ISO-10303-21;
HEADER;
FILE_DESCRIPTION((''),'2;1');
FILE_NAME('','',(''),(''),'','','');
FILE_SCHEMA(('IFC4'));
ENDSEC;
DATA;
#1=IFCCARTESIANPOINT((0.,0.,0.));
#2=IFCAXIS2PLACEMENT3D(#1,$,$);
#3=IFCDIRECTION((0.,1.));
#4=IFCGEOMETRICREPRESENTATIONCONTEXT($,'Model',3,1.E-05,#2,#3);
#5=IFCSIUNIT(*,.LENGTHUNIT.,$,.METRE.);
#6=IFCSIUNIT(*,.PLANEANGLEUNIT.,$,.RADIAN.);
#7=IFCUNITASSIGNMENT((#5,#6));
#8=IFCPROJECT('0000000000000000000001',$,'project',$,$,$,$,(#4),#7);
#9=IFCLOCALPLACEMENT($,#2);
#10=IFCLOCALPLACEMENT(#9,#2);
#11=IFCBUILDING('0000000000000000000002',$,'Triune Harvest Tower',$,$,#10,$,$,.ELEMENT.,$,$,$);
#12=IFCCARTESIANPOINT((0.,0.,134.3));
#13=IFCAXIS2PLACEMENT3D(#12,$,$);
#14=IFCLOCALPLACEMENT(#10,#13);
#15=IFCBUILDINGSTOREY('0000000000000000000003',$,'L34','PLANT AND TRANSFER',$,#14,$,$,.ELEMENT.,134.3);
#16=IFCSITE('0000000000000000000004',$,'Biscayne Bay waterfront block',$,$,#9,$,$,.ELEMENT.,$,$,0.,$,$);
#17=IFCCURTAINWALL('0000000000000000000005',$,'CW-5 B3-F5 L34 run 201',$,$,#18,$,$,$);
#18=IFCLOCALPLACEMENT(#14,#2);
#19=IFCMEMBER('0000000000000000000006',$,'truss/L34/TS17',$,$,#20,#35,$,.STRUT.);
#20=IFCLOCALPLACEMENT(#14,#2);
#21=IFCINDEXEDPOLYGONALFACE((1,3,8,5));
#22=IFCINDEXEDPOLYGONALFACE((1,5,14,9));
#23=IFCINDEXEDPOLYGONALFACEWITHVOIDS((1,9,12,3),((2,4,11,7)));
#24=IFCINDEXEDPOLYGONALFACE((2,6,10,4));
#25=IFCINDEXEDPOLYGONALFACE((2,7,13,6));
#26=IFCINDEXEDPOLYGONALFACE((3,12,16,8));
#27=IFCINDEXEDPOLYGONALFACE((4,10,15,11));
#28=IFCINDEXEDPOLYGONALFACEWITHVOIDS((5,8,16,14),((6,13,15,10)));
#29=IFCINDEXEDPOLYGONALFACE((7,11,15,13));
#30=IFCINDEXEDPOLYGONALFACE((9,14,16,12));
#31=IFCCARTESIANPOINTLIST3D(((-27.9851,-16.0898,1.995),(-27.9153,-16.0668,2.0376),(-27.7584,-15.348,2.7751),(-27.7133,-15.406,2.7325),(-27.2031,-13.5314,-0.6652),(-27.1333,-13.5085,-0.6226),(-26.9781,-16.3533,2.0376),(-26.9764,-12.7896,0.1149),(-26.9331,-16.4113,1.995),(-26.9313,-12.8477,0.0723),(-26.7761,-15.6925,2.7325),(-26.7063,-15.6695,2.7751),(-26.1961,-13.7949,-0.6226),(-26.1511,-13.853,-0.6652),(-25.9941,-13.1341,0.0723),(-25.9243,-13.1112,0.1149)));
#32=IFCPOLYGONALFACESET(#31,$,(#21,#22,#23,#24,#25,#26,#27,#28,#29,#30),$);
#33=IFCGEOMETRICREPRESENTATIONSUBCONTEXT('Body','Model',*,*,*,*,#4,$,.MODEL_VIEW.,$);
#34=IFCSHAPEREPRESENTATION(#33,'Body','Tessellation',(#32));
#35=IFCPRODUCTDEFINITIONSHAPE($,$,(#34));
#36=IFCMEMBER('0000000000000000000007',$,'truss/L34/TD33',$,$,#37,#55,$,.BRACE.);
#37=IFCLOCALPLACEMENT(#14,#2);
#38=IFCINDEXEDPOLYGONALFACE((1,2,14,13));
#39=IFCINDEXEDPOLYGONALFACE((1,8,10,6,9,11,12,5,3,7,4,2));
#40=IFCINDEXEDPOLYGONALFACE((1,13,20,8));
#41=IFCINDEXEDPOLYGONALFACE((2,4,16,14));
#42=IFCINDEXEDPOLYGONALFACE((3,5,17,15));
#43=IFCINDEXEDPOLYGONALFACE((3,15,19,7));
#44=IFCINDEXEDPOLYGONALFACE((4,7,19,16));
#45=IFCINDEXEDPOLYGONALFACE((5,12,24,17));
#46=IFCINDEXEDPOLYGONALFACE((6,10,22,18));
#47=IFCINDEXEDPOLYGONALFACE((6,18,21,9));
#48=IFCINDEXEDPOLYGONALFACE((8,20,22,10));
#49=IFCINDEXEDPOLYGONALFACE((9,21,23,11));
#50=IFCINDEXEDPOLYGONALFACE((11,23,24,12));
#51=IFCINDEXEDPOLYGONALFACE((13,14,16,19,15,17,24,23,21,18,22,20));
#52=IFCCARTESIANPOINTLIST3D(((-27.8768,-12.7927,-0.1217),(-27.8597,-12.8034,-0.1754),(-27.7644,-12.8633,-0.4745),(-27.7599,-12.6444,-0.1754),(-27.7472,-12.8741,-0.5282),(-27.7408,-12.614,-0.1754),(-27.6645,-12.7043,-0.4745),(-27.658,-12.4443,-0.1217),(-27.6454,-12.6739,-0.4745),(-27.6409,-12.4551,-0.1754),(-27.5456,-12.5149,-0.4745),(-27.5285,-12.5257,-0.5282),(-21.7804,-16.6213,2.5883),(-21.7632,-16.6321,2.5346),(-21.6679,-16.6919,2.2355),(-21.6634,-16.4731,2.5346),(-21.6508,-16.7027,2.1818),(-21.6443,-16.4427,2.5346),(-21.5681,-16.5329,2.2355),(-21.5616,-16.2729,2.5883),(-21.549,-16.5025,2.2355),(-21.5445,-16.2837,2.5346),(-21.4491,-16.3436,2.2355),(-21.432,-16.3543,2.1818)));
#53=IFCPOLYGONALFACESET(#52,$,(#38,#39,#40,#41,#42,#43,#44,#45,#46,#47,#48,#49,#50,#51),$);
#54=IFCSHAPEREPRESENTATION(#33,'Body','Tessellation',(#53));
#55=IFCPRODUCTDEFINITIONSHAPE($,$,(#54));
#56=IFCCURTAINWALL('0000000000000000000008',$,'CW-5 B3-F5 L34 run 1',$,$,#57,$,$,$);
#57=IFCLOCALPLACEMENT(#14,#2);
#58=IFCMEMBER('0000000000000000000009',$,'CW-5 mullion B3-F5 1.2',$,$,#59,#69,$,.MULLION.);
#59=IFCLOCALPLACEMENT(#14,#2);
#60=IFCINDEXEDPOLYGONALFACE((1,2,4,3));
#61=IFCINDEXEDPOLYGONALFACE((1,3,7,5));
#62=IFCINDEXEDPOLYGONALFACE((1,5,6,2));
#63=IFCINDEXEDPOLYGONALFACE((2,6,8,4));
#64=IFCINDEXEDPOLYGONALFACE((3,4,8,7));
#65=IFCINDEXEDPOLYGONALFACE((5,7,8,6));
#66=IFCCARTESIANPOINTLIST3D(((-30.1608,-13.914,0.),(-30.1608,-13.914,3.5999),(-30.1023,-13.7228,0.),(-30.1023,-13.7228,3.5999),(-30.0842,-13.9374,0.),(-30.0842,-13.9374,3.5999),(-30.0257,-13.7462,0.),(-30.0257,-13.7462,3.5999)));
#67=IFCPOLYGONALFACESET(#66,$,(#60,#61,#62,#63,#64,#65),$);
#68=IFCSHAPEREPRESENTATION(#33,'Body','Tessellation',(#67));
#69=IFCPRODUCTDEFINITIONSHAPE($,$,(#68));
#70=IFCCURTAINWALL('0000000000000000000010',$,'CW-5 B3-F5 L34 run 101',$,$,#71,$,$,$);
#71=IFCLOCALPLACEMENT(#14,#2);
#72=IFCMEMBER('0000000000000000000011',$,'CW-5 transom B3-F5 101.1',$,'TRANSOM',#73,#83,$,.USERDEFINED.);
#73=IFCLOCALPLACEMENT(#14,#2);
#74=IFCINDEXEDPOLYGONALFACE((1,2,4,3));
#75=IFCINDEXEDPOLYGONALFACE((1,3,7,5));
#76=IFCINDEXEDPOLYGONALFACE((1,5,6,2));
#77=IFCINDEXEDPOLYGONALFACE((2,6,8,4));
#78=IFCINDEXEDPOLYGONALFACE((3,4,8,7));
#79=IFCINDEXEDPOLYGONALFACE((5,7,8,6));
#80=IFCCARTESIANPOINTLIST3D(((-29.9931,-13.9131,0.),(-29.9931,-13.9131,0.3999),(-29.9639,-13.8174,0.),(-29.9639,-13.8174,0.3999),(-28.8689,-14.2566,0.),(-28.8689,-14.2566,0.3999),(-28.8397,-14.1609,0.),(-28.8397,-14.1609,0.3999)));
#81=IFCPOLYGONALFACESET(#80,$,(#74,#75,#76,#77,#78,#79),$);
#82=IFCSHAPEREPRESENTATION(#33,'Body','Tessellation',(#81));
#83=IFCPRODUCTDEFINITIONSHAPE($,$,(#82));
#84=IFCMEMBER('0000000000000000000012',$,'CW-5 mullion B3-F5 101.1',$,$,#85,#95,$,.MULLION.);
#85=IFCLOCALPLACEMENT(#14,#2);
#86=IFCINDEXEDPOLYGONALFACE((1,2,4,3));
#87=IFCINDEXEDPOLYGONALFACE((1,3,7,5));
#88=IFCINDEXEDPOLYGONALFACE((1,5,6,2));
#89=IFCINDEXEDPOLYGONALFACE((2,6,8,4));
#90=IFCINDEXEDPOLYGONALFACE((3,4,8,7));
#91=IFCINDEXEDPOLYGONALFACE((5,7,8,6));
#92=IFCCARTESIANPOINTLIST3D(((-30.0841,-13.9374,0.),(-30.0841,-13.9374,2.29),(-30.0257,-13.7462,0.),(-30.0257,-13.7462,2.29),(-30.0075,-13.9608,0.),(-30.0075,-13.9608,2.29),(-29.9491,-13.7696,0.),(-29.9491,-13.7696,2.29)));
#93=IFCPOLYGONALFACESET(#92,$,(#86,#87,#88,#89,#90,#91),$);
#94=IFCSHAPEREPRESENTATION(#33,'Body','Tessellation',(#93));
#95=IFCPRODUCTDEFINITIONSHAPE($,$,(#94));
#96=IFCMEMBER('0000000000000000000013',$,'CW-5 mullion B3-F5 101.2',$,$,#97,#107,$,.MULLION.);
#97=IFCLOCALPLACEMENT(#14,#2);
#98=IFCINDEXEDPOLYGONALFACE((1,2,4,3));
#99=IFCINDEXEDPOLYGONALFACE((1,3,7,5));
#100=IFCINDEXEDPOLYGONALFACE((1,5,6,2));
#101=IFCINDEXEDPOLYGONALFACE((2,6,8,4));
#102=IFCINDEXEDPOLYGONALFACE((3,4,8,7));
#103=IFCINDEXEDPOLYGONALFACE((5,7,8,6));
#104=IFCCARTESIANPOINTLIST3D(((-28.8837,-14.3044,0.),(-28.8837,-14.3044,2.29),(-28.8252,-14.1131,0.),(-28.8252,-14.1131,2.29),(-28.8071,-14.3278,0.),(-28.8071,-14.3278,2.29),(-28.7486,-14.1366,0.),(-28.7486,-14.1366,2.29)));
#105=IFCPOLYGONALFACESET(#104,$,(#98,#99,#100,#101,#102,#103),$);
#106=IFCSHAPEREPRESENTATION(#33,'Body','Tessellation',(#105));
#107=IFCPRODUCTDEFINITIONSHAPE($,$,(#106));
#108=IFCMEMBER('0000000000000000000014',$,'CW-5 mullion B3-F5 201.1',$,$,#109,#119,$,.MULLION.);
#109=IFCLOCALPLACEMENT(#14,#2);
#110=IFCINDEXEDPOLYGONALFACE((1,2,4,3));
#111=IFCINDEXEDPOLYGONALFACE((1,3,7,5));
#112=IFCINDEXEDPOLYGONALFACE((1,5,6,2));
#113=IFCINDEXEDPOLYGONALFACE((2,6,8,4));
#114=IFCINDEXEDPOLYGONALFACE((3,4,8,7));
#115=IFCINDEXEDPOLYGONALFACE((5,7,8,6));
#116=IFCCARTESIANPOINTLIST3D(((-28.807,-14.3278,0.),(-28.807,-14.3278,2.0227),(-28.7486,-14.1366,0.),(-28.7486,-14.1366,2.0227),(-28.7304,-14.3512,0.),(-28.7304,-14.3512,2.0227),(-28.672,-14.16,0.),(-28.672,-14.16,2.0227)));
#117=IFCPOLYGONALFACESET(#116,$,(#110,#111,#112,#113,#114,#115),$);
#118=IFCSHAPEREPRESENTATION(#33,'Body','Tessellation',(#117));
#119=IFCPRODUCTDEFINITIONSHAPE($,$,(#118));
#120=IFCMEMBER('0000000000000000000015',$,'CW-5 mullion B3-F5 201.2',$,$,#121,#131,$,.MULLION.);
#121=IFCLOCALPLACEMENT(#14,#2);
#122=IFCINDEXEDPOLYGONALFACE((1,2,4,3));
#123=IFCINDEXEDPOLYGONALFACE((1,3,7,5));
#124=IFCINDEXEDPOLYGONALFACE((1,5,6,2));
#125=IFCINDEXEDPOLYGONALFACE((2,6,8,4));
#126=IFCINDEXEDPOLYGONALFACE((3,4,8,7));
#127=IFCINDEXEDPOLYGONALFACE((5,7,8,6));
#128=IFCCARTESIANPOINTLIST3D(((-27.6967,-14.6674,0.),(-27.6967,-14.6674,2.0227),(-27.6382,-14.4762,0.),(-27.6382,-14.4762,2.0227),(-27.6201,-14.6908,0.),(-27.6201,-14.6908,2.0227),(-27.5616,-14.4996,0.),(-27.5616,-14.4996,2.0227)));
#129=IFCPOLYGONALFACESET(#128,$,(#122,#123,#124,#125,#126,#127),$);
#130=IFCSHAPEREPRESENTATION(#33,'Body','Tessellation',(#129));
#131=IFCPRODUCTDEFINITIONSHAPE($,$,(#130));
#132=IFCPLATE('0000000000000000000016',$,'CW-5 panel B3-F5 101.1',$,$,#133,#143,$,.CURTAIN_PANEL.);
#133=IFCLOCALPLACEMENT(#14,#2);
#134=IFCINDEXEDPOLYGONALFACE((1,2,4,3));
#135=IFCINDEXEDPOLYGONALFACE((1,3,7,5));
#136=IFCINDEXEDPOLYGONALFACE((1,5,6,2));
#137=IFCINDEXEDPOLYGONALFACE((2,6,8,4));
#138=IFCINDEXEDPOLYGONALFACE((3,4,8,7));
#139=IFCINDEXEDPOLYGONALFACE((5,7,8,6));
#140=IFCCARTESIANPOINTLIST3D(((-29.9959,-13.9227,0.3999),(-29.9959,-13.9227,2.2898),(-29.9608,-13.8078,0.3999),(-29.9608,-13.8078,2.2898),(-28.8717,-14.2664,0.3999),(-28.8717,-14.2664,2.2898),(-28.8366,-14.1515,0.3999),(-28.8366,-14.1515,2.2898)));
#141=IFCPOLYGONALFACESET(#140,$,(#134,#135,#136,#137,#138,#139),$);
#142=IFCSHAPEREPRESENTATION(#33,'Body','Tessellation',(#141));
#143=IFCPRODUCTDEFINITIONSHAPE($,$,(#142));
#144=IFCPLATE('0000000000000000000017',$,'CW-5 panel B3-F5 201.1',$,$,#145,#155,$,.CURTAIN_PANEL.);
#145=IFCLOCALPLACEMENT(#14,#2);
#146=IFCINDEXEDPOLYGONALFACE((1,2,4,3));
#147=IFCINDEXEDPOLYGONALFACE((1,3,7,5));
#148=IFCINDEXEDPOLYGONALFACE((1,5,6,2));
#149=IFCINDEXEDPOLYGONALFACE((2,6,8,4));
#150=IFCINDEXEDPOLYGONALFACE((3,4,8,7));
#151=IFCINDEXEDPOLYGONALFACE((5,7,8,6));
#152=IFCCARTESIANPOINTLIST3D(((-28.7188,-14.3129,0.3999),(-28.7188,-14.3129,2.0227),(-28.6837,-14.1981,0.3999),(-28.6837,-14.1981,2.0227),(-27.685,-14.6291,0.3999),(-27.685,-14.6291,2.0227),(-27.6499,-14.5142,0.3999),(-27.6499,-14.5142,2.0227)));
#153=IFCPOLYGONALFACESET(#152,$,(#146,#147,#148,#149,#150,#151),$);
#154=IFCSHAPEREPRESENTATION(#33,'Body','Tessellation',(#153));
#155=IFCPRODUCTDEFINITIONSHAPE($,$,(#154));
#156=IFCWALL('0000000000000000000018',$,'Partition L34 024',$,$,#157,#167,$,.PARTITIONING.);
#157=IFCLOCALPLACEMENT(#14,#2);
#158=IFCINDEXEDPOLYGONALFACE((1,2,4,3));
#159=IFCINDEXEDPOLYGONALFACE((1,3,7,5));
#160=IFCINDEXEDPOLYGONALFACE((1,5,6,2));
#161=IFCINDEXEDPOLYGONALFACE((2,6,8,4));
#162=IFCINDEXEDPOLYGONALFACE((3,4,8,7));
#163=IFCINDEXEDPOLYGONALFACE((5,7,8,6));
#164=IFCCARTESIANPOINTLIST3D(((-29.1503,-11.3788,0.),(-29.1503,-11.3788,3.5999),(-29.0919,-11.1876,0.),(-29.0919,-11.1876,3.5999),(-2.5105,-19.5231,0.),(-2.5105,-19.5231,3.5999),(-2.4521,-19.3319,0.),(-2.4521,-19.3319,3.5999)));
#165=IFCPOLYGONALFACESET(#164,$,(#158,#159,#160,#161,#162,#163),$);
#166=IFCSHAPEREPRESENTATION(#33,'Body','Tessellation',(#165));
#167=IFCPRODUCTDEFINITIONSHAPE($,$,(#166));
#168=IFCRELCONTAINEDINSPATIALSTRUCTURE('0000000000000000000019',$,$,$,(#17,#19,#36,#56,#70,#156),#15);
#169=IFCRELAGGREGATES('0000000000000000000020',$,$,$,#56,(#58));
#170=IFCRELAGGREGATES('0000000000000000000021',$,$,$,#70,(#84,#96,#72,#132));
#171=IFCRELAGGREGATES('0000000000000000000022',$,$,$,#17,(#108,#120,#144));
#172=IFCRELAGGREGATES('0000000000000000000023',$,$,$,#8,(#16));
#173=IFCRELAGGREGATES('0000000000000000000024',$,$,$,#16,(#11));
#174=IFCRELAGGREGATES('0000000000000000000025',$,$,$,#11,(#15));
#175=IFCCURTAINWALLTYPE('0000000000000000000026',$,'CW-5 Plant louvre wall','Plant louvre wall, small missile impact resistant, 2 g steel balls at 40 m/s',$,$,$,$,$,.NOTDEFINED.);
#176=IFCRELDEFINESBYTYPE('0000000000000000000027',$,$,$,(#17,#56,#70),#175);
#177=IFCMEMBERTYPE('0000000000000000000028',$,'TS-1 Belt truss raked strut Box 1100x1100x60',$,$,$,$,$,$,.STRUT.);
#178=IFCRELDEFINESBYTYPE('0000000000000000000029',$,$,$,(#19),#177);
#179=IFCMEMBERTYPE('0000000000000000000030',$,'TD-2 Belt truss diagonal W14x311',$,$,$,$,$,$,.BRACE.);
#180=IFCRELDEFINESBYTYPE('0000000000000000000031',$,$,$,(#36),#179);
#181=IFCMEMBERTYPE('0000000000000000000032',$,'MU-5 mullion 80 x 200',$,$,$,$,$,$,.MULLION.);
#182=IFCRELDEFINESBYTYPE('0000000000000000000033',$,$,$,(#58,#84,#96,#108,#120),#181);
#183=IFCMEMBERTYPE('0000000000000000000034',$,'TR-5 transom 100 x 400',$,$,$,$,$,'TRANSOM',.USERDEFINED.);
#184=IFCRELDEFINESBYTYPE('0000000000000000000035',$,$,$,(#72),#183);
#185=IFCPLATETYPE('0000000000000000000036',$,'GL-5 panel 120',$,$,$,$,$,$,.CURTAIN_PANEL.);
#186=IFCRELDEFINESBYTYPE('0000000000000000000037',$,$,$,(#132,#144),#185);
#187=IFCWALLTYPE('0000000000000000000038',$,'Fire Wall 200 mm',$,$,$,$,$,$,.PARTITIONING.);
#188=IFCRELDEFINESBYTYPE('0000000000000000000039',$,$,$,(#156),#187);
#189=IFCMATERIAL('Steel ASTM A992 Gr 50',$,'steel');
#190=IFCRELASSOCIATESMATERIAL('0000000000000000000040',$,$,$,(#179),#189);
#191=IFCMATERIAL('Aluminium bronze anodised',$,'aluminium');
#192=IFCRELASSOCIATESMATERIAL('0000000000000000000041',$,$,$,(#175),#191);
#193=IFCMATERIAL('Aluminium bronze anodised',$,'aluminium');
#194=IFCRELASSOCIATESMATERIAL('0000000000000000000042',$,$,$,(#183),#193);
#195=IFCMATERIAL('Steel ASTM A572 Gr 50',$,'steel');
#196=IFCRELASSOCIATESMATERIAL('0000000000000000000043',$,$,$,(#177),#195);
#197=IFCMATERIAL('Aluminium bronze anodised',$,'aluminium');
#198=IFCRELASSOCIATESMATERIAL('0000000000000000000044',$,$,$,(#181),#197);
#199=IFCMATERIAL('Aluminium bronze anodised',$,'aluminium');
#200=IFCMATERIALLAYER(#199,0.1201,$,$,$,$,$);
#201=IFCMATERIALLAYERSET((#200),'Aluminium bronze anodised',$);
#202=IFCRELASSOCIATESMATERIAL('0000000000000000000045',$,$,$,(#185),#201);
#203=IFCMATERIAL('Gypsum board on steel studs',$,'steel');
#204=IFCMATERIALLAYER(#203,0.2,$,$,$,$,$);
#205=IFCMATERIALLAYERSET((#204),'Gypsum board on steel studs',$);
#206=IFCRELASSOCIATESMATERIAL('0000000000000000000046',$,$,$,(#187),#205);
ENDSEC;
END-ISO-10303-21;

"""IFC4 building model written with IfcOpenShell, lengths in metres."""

from ifc_helpers import new_model, si_unit, direction, frame, frame_2d, origin, origin_2d, place, context, subcontext, project, spatial, rectangle, hollow_rectangle, i_section, extrude, source, transform, mapped, material, layer, layer_set, material_profile, profile_set, type_object, element, aggregate, save


model = new_model("IFC4")

# Units and contexts
model_context = context("Model", 3, precision=1e-05, world=origin(), true_north=direction((0.0, 1.0)))
body_context = subcontext(model_context, "Body", "Model", "MODEL_VIEW")
ifc_project = project(units=[si_unit("LENGTHUNIT", "METRE"), si_unit("PLANEANGLEUNIT", "RADIAN")], contexts=[model_context])

# Site, building, storey
site_placement = place(None, origin())
site = spatial("IfcSite", under=ifc_project, at=site_placement, Name="Biscayne Bay waterfront block", CompositionType="ELEMENT", RefElevation=0.0)
building_placement = place(site_placement, origin())
building = spatial("IfcBuilding", under=site, at=building_placement, Name="Triune Harvest Tower", CompositionType="ELEMENT")
storey_placement = place(building_placement, frame((0.0, 0.0, 134.3)))
storey = spatial("IfcBuildingStorey", under=building, at=storey_placement, Name="L34", Description="PLANT AND TRANSFER", CompositionType="ELEMENT", Elevation=134.3)

# Shared definitions
ifc_material_1 = material(Name="Steel ASTM A992 Gr 50", Category="steel")
ifc_material_profile_1 = material_profile(ifc_material_1, i_section(OverallWidth=0.4114, OverallDepth=0.4343, WebThickness=0.0359, FlangeThickness=0.0574, at=origin_2d()), Name="W14x311")
ifc_profile_set_1 = profile_set([ifc_material_profile_1], Name="Steel ASTM A992 Gr 50")
member_type_1 = type_object("IfcMemberType", Name="TD-2 Belt truss diagonal W14x311", PredefinedType="BRACE", material=ifc_profile_set_1)

# Curtain wall
ifc_material_2 = material(Name="Aluminium bronze anodised", Category="aluminium")
curtain_wall_type = type_object("IfcCurtainWallType", Name="CW-5 Plant louvre wall", Description="Plant louvre wall, small missile impact resistant, 2 g steel balls at 40 m/s", PredefinedType="NOTDEFINED", material=ifc_material_2)
curtain_wall_1_placement = place(storey_placement, origin())
curtain_wall_1 = element("IfcCurtainWall", 1, at=curtain_wall_1_placement, inside=storey, type_object=curtain_wall_type, Name="CW-5 B3-F5 L34 run 201")
ifc_material_3 = material(Name="Aluminium bronze anodised", Category="aluminium")
ifc_material_profile_2 = material_profile(ifc_material_3, rectangle(XDim=0.1001, YDim=0.3999, at=origin_2d()), Name="TR-5 transom 100 x 400")
ifc_profile_set_2 = profile_set([ifc_material_profile_2], Name="Aluminium bronze anodised")
member_type_2 = type_object("IfcMemberType", Name="TR-5 transom 100 x 400", ElementType="TRANSOM", PredefinedType="USERDEFINED", material=ifc_profile_set_2)

# Members
ifc_material_4 = material(Name="Steel ASTM A572 Gr 50", Category="steel")
ifc_material_profile_3 = material_profile(ifc_material_4, hollow_rectangle(XDim=1.1001, YDim=1.1001, WallThickness=0.0601, at=origin_2d()), Name="Box 1100x1100x60")
ifc_profile_set_3 = profile_set([ifc_material_profile_3], Name="Steel ASTM A572 Gr 50")
member_type_3 = type_object("IfcMemberType", Name="TS-1 Belt truss raked strut Box 1100x1100x60", PredefinedType="STRUT", material=ifc_profile_set_3)
shared_shape_1 = source(origin(), body_context, "Body", "SweptSolid", [
    extrude(hollow_rectangle(XDim=1.1001, YDim=1.1001, WallThickness=0.0601, at=origin_2d()), origin(), (0.0, 0.0, 1.0), 3.7727),
])
member_1_placement = place(storey_placement, frame((-26.5637, -13.3213, -0.2751), z_axis=(-0.207275, -0.678126, 0.705111), x_axis=(0.956324, -0.292309, 0.0)))
element("IfcMember", 2, at=member_1_placement, inside=storey, type_object=member_type_3, Name="truss/L34/TS17", PredefinedType="STRUT", context=body_context, shape_type="MappedRepresentation", body=[
    mapped(shared_shape_1, transform((0.0, 0.0, 0.0), scale=1.0)),
])
shared_shape_2 = source(origin(), body_context, "Body", "SweptSolid", [
    extrude(i_section(OverallWidth=0.4114, OverallDepth=0.4343, WebThickness=0.0359, FlangeThickness=0.0574, at=origin_2d()), origin(), (0.0, 0.0, 1.0), 7.6921),
])
member_2_placement = place(storey_placement, frame((-27.7026, -12.6592, -0.325), z_axis=(0.792556, -0.497732, 0.352304), x_axis=(0.53183, 0.846851, 0.0)))
element("IfcMember", 3, at=member_2_placement, inside=storey, type_object=member_type_1, Name="truss/L34/TD33", PredefinedType="BRACE", context=body_context, shape_type="MappedRepresentation", body=[
    mapped(shared_shape_2, transform((0.0, 0.0, 0.0), scale=1.0)),
])

# Curtain wall, member
curtain_wall_2_placement = place(storey_placement, origin())
curtain_wall_2 = element("IfcCurtainWall", 4, at=curtain_wall_2_placement, inside=storey, type_object=curtain_wall_type, Name="CW-5 B3-F5 L34 run 1")
ifc_material_5 = material(Name="Aluminium bronze anodised", Category="aluminium")
ifc_material_profile_4 = material_profile(ifc_material_5, rectangle(XDim=0.2, YDim=0.0801, at=origin_2d()), Name="MU-5 mullion 80 x 200")
ifc_profile_set_4 = profile_set([ifc_material_profile_4], Name="Aluminium bronze anodised")
member_type_4 = type_object("IfcMemberType", Name="MU-5 mullion 80 x 200", PredefinedType="MULLION", material=ifc_profile_set_4)
shared_shape_3 = source(origin(), body_context, "Body", "SweptSolid", [
    extrude(rectangle(XDim=0.2, YDim=0.0801, at=origin_2d()), origin(), (0.0, 0.0, 1.0), 3.5999),
])
member_3_placement = place(storey_placement, frame((-30.0933, -13.8301, 0.0), z_axis=(0.0, 0.0, 1.0), x_axis=(0.292407, 0.956294, 0.0)))
member_3 = element("IfcMember", 5, at=member_3_placement, type_object=member_type_4, Name="CW-5 mullion B3-F5 1.2", PredefinedType="MULLION", context=body_context, shape_type="MappedRepresentation", body=[
    mapped(shared_shape_3, transform((0.0, 0.0, 0.0), scale=1.0)),
])
aggregate(curtain_wall_2, [member_3])

# Curtain wall, members
curtain_wall_3_placement = place(storey_placement, origin())
curtain_wall_3 = element("IfcCurtainWall", 6, at=curtain_wall_3_placement, inside=storey, type_object=curtain_wall_type, Name="CW-5 B3-F5 L34 run 101")
shared_shape_4 = source(origin(), body_context, "Body", "SweptSolid", [
    extrude(rectangle(XDim=0.1001, YDim=0.3999, at=origin_2d()), origin(), (0.0, 0.0, 1.0), 1.1755),
])
member_4_placement = place(storey_placement, frame((-29.9785, -13.8652, 0.2), z_axis=(0.956356, -0.292203, 0.0), x_axis=(0.292203, 0.956356, 0.0)))
member_4 = element("IfcMember", 7, at=member_4_placement, type_object=member_type_2, Name="CW-5 transom B3-F5 101.1", ObjectType="TRANSOM", PredefinedType="USERDEFINED", context=body_context, shape_type="MappedRepresentation", body=[
    mapped(shared_shape_4, transform((0.0, 0.0, 0.0), scale=1.0)),
])
shared_shape_5 = source(origin(), body_context, "Body", "SweptSolid", [
    extrude(rectangle(XDim=0.2, YDim=0.0801, at=origin_2d()), origin(), (0.0, 0.0, 1.0), 2.29),
])
member_5_placement = place(storey_placement, frame((-30.0166, -13.8535, 0.0), z_axis=(0.0, 0.0, 1.0), x_axis=(0.292338, 0.956315, 0.0)))
member_5 = element("IfcMember", 8, at=member_5_placement, type_object=member_type_4, Name="CW-5 mullion B3-F5 101.1", PredefinedType="MULLION", context=body_context, shape_type="MappedRepresentation", body=[
    mapped(shared_shape_5, transform((0.0, 0.0, 0.0), scale=1.0)),
])
member_6_placement = place(storey_placement, frame((-28.8162, -14.2205, 0.0), z_axis=(0.0, 0.0, 1.0), x_axis=(0.292338, 0.956315, 0.0)))
member_6 = element("IfcMember", 9, at=member_6_placement, type_object=member_type_4, Name="CW-5 mullion B3-F5 101.2", PredefinedType="MULLION", context=body_context, shape_type="MappedRepresentation", body=[
    mapped(shared_shape_5, transform((0.0, 0.0, 0.0), scale=1.0)),
])

# Members
shared_shape_6 = source(origin(), body_context, "Body", "SweptSolid", [
    extrude(rectangle(XDim=0.2, YDim=0.0801, at=origin_2d()), origin(), (0.0, 0.0, 1.0), 2.0227),
])
member_7_placement = place(storey_placement, frame((-28.7395, -14.2439, 0.0), z_axis=(0.0, 0.0, 1.0), x_axis=(0.292415, 0.956292, 0.0)))
member_7 = element("IfcMember", 10, at=member_7_placement, type_object=member_type_4, Name="CW-5 mullion B3-F5 201.1", PredefinedType="MULLION", context=body_context, shape_type="MappedRepresentation", body=[
    mapped(shared_shape_6, transform((0.0, 0.0, 0.0), scale=1.0)),
])
member_8_placement = place(storey_placement, frame((-27.6292, -14.5835, 0.0), z_axis=(0.0, 0.0, 1.0), x_axis=(0.292415, 0.956292, 0.0)))
member_8 = element("IfcMember", 11, at=member_8_placement, type_object=member_type_4, Name="CW-5 mullion B3-F5 201.2", PredefinedType="MULLION", context=body_context, shape_type="MappedRepresentation", body=[
    mapped(shared_shape_6, transform((0.0, 0.0, 0.0), scale=1.0)),
])

# Plates
ifc_material_6 = material(Name="Aluminium bronze anodised", Category="aluminium")
ifc_layer_1 = layer(ifc_material_6, 0.1201)
ifc_layer_set_1 = layer_set([ifc_layer_1], Name="Aluminium bronze anodised")
plate_type = type_object("IfcPlateType", Name="GL-5 panel 120", PredefinedType="CURTAIN_PANEL", material=ifc_layer_set_1)
shared_shape_7 = source(origin(), body_context, "Body", "SweptSolid", [
    extrude(rectangle(XDim=1.1755, YDim=0.1201, at=origin_2d()), origin(), (0.0, 0.0, 1.0), 1.8899),
])
plate_1_placement = place(storey_placement, frame((-29.4163, -14.0371, 0.3999), z_axis=(0.0, 0.0, 1.0), x_axis=(0.956315, -0.292338, 0.0)))
plate_1 = element("IfcPlate", 12, at=plate_1_placement, type_object=plate_type, Name="CW-5 panel B3-F5 101.1", PredefinedType="CURTAIN_PANEL", context=body_context, shape_type="MappedRepresentation", body=[
    mapped(shared_shape_7, transform((0.0, 0.0, 0.0), scale=1.0)),
])
aggregate(curtain_wall_3, [member_5, member_6, member_4, plate_1])
shared_shape_8 = source(origin(), body_context, "Body", "SweptSolid", [
    extrude(rectangle(XDim=1.0811, YDim=0.1201, at=origin_2d()), origin(), (0.0, 0.0, 1.0), 1.6228),
])
plate_2_placement = place(storey_placement, frame((-28.1843, -14.4136, 0.3999), z_axis=(0.0, 0.0, 1.0), x_axis=(0.956292, -0.292415, 0.0)))
plate_2 = element("IfcPlate", 13, at=plate_2_placement, type_object=plate_type, Name="CW-5 panel B3-F5 201.1", PredefinedType="CURTAIN_PANEL", context=body_context, shape_type="MappedRepresentation", body=[
    mapped(shared_shape_8, transform((0.0, 0.0, 0.0), scale=1.0)),
])
aggregate(curtain_wall_1, [member_7, member_8, plate_2])

# Wall
ifc_material_7 = material(Name="Gypsum board on steel studs", Category="steel")
ifc_layer_2 = layer(ifc_material_7, 0.2)
ifc_layer_set_2 = layer_set([ifc_layer_2], Name="Gypsum board on steel studs")
wall_type = type_object("IfcWallType", Name="Fire Wall 200 mm", PredefinedType="PARTITIONING", material=ifc_layer_set_2)
wall_1_placement = place(storey_placement, frame((-29.1211, -11.2832, 0.0), z_axis=(0.0, 0.0, 1.0), x_axis=(0.956308, -0.29236, 0.0)))
element("IfcWall", 14, at=wall_1_placement, inside=storey, type_object=wall_type, Name="Partition L34 024", PredefinedType="PARTITIONING", context=body_context, shape_type="SweptSolid", body=[
    extrude(rectangle(XDim=27.8569, YDim=0.2, at=frame_2d((13.9285, 0.0))), origin(), (0.0, 0.0, 1.0), 3.5999),
])

save(model, "model.ifc")
